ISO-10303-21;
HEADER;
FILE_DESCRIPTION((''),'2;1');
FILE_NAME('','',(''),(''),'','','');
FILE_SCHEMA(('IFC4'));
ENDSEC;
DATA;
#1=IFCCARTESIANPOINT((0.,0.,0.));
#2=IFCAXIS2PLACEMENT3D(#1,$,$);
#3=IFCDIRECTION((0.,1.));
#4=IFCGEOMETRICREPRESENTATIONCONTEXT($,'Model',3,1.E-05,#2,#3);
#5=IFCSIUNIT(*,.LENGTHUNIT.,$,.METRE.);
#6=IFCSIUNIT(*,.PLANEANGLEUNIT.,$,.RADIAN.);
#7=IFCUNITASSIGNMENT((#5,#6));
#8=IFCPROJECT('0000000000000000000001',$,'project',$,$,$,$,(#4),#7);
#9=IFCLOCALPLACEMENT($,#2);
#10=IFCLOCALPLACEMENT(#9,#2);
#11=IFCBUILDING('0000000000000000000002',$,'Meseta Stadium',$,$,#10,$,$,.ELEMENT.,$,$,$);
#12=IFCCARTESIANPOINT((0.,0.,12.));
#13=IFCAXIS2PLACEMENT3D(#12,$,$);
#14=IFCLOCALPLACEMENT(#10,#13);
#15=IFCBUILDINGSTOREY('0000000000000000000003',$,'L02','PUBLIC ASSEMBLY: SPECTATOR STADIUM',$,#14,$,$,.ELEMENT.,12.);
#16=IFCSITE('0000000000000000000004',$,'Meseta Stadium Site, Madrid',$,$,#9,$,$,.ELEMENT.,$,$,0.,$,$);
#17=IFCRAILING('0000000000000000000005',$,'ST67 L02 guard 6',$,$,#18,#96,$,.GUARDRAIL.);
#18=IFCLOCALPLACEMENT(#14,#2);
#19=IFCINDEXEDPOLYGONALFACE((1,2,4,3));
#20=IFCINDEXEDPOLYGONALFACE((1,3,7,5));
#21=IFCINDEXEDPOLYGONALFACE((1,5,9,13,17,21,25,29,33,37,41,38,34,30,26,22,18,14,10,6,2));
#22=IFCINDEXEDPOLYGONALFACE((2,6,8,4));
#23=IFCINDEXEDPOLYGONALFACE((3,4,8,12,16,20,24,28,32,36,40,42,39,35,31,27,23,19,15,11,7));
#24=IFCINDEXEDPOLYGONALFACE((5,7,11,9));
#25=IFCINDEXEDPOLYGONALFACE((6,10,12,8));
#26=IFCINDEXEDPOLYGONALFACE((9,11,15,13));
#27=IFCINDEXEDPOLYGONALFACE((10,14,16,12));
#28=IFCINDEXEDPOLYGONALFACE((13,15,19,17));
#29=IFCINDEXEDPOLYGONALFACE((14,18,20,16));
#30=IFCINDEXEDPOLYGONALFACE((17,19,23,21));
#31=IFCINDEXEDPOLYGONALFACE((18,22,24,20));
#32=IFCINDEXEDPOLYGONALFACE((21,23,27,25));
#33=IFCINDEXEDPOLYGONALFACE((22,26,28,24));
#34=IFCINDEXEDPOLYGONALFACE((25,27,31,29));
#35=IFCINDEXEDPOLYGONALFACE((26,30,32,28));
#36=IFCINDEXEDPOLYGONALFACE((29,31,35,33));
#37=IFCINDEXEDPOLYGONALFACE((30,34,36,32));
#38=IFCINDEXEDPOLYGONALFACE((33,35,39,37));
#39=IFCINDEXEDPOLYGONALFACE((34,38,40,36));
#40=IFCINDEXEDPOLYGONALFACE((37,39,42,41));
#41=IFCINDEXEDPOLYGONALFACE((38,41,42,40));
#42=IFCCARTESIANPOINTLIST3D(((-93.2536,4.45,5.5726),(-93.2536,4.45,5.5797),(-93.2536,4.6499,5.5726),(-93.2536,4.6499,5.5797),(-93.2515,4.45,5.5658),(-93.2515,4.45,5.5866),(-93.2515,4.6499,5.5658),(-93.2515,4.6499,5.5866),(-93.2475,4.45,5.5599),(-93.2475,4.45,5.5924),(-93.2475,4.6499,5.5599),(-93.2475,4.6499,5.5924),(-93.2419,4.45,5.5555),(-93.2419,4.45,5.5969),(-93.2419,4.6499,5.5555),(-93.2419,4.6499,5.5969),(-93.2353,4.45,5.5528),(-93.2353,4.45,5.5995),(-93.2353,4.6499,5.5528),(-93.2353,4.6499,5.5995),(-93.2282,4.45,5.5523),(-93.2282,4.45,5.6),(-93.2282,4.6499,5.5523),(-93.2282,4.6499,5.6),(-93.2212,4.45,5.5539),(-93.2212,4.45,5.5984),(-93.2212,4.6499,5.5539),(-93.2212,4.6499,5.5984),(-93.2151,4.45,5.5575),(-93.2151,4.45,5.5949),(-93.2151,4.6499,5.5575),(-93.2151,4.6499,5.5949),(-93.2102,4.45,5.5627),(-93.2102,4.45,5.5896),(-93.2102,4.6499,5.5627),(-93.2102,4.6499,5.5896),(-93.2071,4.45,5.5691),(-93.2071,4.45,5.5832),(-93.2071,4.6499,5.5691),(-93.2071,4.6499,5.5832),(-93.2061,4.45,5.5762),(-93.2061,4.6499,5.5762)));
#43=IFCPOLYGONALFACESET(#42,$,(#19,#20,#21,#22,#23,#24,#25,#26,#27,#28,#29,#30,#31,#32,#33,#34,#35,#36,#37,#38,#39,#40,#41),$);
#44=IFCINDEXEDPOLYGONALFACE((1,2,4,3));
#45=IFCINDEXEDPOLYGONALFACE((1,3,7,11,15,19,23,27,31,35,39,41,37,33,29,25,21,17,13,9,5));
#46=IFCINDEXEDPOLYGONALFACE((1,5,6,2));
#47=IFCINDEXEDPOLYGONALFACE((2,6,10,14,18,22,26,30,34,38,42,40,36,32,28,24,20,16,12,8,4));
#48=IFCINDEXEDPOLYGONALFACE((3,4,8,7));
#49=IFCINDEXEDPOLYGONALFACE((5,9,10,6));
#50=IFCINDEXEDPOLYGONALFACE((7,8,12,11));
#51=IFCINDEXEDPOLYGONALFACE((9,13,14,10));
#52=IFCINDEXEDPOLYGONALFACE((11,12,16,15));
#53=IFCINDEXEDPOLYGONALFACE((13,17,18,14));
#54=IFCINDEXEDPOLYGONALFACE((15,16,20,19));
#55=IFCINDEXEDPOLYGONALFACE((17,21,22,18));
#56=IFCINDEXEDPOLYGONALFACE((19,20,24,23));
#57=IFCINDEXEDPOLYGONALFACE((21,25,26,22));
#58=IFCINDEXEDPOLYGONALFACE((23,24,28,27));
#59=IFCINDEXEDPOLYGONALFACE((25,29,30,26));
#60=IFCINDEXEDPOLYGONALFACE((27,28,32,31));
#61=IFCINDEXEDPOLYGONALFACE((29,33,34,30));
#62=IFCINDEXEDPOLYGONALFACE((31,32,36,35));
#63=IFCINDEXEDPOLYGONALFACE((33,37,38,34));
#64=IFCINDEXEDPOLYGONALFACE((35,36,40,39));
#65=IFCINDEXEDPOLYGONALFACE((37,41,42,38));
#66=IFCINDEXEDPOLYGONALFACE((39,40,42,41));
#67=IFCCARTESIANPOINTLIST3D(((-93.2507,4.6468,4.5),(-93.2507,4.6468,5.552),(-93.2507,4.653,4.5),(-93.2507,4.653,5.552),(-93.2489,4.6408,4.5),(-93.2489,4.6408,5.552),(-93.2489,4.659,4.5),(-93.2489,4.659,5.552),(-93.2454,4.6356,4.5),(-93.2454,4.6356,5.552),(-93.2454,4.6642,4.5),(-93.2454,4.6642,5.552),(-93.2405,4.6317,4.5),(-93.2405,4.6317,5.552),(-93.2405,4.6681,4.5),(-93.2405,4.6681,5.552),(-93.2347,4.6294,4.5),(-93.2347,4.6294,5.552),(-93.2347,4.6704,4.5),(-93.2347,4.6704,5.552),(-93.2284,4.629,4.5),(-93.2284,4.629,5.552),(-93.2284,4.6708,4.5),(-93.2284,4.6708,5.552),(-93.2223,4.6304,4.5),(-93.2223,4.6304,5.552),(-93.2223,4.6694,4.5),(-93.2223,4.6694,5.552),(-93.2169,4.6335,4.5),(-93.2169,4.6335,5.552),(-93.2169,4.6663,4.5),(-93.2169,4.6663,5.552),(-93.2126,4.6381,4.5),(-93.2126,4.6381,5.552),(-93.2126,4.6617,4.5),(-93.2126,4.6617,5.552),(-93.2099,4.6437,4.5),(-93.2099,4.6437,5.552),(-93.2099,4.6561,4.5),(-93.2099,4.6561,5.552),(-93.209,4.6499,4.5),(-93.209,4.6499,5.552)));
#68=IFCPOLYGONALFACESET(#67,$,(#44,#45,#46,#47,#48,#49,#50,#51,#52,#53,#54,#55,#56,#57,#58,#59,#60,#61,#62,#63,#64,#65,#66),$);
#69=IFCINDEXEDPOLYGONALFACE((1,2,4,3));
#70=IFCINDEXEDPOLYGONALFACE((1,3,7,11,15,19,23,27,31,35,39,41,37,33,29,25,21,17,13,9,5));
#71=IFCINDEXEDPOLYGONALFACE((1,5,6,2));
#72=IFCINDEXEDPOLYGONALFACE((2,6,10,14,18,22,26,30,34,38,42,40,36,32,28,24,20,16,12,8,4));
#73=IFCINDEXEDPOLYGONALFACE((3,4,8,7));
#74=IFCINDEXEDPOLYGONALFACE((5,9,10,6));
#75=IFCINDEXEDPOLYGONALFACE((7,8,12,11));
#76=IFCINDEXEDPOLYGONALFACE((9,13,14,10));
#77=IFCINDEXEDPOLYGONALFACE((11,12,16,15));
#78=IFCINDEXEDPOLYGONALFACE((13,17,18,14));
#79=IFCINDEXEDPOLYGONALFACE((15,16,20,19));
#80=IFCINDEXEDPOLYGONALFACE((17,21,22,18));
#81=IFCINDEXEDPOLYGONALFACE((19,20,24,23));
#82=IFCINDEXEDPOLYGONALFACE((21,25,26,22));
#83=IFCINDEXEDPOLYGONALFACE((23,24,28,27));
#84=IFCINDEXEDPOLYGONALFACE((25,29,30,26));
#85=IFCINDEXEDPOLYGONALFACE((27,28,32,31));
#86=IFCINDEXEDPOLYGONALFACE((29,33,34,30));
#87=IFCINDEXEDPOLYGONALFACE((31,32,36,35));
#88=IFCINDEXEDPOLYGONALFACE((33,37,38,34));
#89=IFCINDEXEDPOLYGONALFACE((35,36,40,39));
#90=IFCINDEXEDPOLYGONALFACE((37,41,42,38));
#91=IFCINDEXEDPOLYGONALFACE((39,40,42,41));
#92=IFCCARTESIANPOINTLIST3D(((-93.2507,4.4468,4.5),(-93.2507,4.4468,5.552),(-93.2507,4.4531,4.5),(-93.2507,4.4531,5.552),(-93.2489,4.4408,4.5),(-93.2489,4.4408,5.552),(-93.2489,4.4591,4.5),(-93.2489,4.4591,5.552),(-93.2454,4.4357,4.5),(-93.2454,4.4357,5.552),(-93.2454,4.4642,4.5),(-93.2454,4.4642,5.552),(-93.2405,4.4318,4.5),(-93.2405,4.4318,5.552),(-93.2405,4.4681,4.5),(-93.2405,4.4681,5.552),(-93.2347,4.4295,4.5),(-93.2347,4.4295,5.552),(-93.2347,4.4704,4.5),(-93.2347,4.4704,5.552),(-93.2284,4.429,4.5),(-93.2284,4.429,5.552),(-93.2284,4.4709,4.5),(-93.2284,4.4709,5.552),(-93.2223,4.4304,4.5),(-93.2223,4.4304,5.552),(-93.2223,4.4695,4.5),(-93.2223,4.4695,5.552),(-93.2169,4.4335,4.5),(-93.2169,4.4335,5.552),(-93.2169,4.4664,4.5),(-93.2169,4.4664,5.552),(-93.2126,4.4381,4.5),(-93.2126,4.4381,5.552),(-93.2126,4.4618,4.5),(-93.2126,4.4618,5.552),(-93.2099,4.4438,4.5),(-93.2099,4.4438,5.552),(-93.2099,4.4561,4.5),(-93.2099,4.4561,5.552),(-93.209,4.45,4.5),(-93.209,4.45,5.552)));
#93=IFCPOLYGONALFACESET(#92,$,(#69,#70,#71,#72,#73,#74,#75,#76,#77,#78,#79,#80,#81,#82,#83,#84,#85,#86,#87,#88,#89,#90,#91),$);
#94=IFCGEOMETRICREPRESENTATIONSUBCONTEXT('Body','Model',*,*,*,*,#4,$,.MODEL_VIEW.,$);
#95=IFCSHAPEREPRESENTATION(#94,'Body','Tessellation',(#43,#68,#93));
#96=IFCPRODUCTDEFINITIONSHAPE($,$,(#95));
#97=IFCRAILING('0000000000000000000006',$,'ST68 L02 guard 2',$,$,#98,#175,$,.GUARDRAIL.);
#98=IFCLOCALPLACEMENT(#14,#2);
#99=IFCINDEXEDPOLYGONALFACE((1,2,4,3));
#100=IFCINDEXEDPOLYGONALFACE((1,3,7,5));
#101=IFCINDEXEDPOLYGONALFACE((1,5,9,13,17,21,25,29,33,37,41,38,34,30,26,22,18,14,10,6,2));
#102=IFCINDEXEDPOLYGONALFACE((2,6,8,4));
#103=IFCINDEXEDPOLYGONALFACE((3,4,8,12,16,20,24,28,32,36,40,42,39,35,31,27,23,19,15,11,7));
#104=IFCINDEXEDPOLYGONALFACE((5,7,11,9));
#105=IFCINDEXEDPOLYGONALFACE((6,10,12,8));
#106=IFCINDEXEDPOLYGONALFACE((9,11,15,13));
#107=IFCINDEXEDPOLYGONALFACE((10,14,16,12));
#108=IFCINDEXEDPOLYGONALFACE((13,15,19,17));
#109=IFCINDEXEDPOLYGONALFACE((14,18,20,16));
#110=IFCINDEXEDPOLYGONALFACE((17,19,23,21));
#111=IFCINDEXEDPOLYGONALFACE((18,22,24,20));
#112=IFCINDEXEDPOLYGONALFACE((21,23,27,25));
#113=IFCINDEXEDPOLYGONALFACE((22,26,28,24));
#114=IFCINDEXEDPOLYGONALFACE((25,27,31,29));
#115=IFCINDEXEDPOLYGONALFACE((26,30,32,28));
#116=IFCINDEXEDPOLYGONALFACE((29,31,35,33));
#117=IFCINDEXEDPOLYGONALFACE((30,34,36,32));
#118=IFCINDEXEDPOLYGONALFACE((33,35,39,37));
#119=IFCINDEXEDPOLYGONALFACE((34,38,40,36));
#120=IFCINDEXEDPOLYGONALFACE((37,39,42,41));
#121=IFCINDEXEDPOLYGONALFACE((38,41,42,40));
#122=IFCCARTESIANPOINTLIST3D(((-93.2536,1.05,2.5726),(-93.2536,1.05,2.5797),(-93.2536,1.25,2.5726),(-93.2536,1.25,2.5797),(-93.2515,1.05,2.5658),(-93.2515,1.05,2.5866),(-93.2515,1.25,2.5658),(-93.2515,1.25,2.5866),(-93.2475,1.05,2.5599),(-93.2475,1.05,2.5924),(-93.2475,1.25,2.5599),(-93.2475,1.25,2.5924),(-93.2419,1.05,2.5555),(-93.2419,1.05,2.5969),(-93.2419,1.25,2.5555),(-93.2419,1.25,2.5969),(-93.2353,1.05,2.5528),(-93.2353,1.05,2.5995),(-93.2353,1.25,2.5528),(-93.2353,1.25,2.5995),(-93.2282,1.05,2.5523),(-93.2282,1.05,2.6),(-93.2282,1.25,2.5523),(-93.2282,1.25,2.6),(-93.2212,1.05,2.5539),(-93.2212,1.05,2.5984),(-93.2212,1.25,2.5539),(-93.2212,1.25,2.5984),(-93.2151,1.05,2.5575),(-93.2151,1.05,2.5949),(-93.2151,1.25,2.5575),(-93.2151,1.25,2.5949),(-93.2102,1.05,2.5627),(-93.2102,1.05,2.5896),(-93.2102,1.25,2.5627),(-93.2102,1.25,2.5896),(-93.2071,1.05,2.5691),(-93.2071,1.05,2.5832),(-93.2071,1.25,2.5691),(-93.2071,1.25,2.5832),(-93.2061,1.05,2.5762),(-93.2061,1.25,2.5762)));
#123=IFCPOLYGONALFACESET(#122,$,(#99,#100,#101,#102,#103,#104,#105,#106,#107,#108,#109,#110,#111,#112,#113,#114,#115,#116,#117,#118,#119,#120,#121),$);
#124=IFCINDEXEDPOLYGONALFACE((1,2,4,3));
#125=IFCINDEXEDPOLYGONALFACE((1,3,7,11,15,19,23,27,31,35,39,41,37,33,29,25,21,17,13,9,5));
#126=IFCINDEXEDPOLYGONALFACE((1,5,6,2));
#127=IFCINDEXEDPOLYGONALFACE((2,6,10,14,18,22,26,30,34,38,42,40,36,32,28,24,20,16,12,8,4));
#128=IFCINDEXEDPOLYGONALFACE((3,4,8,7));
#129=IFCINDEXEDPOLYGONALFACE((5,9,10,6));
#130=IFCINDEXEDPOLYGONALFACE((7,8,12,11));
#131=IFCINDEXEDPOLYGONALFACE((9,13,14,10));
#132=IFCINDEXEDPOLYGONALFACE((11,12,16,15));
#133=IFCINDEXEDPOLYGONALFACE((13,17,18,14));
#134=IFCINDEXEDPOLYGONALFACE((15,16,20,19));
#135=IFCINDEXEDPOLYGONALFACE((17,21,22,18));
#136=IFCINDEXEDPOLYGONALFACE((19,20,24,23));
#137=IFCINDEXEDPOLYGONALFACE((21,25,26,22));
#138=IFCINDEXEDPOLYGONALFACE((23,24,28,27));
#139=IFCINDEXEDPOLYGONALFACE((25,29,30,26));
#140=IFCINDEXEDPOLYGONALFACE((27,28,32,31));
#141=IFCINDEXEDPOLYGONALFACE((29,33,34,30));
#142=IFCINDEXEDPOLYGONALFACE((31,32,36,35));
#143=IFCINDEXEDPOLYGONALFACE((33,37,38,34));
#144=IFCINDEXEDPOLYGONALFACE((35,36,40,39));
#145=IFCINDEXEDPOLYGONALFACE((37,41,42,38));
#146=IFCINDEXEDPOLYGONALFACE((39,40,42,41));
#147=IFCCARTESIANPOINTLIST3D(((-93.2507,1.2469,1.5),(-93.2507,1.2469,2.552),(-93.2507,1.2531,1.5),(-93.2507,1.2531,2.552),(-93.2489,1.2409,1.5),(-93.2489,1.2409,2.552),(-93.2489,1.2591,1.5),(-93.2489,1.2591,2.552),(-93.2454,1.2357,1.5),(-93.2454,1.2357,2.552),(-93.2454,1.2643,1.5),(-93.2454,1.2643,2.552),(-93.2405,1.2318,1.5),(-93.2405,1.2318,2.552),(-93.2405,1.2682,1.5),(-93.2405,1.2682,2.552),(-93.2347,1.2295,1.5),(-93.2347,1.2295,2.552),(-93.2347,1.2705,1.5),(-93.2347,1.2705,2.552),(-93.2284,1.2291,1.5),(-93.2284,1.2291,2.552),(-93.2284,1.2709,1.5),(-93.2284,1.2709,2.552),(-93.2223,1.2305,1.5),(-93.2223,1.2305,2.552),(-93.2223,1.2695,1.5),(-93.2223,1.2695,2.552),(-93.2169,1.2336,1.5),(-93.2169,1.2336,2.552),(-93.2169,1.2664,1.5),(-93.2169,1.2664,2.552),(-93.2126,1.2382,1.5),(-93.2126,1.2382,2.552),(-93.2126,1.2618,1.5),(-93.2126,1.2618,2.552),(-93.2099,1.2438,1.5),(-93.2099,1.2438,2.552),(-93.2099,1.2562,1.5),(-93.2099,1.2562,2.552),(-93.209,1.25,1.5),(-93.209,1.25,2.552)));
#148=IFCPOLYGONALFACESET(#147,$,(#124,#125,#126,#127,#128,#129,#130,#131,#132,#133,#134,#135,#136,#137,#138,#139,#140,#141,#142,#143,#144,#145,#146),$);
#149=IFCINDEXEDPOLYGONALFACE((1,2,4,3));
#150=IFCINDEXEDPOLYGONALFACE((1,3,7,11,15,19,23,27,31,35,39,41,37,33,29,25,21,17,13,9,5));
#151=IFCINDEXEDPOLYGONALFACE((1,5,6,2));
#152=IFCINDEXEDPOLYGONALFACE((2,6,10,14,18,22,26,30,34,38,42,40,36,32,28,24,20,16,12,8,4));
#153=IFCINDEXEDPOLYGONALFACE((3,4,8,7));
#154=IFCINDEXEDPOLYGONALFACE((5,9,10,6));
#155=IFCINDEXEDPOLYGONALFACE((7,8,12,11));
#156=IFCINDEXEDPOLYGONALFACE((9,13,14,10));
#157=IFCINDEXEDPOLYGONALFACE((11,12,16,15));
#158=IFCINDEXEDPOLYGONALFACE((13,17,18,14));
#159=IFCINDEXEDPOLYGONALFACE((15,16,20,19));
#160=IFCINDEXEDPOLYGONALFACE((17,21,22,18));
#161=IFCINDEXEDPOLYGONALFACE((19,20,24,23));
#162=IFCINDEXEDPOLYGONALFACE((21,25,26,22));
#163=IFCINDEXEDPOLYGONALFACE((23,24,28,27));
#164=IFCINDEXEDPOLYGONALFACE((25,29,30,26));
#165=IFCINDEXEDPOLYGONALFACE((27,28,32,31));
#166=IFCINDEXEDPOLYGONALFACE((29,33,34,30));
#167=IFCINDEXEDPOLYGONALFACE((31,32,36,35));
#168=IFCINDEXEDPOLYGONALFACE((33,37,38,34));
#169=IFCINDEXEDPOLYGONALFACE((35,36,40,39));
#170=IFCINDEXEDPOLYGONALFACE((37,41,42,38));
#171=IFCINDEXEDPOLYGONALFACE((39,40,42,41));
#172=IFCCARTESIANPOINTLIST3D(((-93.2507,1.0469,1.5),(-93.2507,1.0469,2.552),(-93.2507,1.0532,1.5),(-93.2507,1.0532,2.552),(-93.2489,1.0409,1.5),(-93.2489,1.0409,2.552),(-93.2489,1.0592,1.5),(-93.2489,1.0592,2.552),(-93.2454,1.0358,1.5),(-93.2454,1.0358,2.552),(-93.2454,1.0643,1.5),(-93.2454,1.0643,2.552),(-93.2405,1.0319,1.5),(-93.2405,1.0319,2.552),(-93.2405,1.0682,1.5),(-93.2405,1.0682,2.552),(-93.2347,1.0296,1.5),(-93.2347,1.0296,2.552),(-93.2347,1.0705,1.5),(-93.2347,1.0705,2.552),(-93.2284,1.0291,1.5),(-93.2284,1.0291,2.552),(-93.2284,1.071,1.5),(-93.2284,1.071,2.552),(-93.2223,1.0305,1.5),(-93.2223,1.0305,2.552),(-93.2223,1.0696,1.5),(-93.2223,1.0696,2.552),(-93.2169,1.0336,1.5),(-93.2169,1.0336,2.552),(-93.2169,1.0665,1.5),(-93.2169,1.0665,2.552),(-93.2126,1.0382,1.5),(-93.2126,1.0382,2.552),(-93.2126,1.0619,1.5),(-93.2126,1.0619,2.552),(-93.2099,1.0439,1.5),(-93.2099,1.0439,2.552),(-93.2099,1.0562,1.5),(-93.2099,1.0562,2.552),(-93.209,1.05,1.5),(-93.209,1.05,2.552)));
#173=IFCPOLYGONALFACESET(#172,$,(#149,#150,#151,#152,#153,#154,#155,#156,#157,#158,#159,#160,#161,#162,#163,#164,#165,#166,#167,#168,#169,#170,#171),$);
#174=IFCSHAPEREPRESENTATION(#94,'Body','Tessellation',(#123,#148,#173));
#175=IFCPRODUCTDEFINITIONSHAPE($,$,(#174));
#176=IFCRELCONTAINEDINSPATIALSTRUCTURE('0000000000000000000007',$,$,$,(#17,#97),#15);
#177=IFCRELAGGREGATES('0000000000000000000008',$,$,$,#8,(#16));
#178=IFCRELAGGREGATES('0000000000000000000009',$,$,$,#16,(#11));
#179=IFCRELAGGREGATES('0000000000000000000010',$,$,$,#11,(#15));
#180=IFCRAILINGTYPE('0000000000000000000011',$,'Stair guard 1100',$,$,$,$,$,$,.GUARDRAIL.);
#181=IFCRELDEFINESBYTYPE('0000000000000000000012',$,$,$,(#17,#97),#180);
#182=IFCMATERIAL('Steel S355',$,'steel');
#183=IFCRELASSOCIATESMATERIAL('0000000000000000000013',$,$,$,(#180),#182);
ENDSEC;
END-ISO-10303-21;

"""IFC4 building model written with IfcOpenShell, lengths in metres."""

from ifc_helpers import new_model, si_unit, direction, frame, origin, origin_2d, place, context, subcontext, project, spatial, circle, extrude, material, type_object, element, save


model = new_model("IFC4")

# Units and contexts
model_context = context("Model", 3, precision=1e-05, world=origin(), true_north=direction((0.0, 1.0)))
body_context = subcontext(model_context, "Body", "Model", "MODEL_VIEW")
ifc_project = project(units=[si_unit("LENGTHUNIT", "METRE"), si_unit("PLANEANGLEUNIT", "RADIAN")], contexts=[model_context])

# Site, building, storey
site_placement = place(None, origin())
site = spatial("IfcSite", under=ifc_project, at=site_placement, Name="Meseta Stadium Site, Madrid", CompositionType="ELEMENT", RefElevation=0.0)
building_placement = place(site_placement, origin())
building = spatial("IfcBuilding", under=site, at=building_placement, Name="Meseta Stadium", CompositionType="ELEMENT")
storey_placement = place(building_placement, frame((0.0, 0.0, 12.0)))
storey = spatial("IfcBuildingStorey", under=building, at=storey_placement, Name="L02", Description="PUBLIC ASSEMBLY: SPECTATOR STADIUM", CompositionType="ELEMENT", Elevation=12.0)

# Railings
ifc_material_1 = material(Name="Steel S355", Category="steel")
railing_type_1 = type_object("IfcRailingType", Name="Stair guard 1100", PredefinedType="GUARDRAIL", material=ifc_material_1)
for number, where, name in (
    (1, (-93.23, 4.6499, 4.5), "ST67 L02 guard 6"),
    (2, (-93.23, 1.25, 1.5), "ST68 L02 guard 2"),
):
    element("IfcRailing", number, at=place(storey_placement, frame(where)), inside=storey, type_object=railing_type_1, Name=name, PredefinedType="GUARDRAIL", context=body_context, shape_type="SweptSolid", body=[
        extrude(circle(Radius=0.0239, at=origin_2d()), frame((0.0, 0.0, 1.0762), z_axis=(0.0, -1.0, 0.0), x_axis=(1.0, 0.0, 0.0)), (0.0, 0.0, 1.0), 0.2),
        extrude(circle(Radius=0.021, at=origin_2d()), origin(), (0.0, 0.0, 1.0), 1.052),
        extrude(circle(Radius=0.021, at=origin_2d()), frame((0.0, -0.2, 0.0)), (0.0, 0.0, 1.0), 1.052),
    ])

save(model, "model.ifc")
